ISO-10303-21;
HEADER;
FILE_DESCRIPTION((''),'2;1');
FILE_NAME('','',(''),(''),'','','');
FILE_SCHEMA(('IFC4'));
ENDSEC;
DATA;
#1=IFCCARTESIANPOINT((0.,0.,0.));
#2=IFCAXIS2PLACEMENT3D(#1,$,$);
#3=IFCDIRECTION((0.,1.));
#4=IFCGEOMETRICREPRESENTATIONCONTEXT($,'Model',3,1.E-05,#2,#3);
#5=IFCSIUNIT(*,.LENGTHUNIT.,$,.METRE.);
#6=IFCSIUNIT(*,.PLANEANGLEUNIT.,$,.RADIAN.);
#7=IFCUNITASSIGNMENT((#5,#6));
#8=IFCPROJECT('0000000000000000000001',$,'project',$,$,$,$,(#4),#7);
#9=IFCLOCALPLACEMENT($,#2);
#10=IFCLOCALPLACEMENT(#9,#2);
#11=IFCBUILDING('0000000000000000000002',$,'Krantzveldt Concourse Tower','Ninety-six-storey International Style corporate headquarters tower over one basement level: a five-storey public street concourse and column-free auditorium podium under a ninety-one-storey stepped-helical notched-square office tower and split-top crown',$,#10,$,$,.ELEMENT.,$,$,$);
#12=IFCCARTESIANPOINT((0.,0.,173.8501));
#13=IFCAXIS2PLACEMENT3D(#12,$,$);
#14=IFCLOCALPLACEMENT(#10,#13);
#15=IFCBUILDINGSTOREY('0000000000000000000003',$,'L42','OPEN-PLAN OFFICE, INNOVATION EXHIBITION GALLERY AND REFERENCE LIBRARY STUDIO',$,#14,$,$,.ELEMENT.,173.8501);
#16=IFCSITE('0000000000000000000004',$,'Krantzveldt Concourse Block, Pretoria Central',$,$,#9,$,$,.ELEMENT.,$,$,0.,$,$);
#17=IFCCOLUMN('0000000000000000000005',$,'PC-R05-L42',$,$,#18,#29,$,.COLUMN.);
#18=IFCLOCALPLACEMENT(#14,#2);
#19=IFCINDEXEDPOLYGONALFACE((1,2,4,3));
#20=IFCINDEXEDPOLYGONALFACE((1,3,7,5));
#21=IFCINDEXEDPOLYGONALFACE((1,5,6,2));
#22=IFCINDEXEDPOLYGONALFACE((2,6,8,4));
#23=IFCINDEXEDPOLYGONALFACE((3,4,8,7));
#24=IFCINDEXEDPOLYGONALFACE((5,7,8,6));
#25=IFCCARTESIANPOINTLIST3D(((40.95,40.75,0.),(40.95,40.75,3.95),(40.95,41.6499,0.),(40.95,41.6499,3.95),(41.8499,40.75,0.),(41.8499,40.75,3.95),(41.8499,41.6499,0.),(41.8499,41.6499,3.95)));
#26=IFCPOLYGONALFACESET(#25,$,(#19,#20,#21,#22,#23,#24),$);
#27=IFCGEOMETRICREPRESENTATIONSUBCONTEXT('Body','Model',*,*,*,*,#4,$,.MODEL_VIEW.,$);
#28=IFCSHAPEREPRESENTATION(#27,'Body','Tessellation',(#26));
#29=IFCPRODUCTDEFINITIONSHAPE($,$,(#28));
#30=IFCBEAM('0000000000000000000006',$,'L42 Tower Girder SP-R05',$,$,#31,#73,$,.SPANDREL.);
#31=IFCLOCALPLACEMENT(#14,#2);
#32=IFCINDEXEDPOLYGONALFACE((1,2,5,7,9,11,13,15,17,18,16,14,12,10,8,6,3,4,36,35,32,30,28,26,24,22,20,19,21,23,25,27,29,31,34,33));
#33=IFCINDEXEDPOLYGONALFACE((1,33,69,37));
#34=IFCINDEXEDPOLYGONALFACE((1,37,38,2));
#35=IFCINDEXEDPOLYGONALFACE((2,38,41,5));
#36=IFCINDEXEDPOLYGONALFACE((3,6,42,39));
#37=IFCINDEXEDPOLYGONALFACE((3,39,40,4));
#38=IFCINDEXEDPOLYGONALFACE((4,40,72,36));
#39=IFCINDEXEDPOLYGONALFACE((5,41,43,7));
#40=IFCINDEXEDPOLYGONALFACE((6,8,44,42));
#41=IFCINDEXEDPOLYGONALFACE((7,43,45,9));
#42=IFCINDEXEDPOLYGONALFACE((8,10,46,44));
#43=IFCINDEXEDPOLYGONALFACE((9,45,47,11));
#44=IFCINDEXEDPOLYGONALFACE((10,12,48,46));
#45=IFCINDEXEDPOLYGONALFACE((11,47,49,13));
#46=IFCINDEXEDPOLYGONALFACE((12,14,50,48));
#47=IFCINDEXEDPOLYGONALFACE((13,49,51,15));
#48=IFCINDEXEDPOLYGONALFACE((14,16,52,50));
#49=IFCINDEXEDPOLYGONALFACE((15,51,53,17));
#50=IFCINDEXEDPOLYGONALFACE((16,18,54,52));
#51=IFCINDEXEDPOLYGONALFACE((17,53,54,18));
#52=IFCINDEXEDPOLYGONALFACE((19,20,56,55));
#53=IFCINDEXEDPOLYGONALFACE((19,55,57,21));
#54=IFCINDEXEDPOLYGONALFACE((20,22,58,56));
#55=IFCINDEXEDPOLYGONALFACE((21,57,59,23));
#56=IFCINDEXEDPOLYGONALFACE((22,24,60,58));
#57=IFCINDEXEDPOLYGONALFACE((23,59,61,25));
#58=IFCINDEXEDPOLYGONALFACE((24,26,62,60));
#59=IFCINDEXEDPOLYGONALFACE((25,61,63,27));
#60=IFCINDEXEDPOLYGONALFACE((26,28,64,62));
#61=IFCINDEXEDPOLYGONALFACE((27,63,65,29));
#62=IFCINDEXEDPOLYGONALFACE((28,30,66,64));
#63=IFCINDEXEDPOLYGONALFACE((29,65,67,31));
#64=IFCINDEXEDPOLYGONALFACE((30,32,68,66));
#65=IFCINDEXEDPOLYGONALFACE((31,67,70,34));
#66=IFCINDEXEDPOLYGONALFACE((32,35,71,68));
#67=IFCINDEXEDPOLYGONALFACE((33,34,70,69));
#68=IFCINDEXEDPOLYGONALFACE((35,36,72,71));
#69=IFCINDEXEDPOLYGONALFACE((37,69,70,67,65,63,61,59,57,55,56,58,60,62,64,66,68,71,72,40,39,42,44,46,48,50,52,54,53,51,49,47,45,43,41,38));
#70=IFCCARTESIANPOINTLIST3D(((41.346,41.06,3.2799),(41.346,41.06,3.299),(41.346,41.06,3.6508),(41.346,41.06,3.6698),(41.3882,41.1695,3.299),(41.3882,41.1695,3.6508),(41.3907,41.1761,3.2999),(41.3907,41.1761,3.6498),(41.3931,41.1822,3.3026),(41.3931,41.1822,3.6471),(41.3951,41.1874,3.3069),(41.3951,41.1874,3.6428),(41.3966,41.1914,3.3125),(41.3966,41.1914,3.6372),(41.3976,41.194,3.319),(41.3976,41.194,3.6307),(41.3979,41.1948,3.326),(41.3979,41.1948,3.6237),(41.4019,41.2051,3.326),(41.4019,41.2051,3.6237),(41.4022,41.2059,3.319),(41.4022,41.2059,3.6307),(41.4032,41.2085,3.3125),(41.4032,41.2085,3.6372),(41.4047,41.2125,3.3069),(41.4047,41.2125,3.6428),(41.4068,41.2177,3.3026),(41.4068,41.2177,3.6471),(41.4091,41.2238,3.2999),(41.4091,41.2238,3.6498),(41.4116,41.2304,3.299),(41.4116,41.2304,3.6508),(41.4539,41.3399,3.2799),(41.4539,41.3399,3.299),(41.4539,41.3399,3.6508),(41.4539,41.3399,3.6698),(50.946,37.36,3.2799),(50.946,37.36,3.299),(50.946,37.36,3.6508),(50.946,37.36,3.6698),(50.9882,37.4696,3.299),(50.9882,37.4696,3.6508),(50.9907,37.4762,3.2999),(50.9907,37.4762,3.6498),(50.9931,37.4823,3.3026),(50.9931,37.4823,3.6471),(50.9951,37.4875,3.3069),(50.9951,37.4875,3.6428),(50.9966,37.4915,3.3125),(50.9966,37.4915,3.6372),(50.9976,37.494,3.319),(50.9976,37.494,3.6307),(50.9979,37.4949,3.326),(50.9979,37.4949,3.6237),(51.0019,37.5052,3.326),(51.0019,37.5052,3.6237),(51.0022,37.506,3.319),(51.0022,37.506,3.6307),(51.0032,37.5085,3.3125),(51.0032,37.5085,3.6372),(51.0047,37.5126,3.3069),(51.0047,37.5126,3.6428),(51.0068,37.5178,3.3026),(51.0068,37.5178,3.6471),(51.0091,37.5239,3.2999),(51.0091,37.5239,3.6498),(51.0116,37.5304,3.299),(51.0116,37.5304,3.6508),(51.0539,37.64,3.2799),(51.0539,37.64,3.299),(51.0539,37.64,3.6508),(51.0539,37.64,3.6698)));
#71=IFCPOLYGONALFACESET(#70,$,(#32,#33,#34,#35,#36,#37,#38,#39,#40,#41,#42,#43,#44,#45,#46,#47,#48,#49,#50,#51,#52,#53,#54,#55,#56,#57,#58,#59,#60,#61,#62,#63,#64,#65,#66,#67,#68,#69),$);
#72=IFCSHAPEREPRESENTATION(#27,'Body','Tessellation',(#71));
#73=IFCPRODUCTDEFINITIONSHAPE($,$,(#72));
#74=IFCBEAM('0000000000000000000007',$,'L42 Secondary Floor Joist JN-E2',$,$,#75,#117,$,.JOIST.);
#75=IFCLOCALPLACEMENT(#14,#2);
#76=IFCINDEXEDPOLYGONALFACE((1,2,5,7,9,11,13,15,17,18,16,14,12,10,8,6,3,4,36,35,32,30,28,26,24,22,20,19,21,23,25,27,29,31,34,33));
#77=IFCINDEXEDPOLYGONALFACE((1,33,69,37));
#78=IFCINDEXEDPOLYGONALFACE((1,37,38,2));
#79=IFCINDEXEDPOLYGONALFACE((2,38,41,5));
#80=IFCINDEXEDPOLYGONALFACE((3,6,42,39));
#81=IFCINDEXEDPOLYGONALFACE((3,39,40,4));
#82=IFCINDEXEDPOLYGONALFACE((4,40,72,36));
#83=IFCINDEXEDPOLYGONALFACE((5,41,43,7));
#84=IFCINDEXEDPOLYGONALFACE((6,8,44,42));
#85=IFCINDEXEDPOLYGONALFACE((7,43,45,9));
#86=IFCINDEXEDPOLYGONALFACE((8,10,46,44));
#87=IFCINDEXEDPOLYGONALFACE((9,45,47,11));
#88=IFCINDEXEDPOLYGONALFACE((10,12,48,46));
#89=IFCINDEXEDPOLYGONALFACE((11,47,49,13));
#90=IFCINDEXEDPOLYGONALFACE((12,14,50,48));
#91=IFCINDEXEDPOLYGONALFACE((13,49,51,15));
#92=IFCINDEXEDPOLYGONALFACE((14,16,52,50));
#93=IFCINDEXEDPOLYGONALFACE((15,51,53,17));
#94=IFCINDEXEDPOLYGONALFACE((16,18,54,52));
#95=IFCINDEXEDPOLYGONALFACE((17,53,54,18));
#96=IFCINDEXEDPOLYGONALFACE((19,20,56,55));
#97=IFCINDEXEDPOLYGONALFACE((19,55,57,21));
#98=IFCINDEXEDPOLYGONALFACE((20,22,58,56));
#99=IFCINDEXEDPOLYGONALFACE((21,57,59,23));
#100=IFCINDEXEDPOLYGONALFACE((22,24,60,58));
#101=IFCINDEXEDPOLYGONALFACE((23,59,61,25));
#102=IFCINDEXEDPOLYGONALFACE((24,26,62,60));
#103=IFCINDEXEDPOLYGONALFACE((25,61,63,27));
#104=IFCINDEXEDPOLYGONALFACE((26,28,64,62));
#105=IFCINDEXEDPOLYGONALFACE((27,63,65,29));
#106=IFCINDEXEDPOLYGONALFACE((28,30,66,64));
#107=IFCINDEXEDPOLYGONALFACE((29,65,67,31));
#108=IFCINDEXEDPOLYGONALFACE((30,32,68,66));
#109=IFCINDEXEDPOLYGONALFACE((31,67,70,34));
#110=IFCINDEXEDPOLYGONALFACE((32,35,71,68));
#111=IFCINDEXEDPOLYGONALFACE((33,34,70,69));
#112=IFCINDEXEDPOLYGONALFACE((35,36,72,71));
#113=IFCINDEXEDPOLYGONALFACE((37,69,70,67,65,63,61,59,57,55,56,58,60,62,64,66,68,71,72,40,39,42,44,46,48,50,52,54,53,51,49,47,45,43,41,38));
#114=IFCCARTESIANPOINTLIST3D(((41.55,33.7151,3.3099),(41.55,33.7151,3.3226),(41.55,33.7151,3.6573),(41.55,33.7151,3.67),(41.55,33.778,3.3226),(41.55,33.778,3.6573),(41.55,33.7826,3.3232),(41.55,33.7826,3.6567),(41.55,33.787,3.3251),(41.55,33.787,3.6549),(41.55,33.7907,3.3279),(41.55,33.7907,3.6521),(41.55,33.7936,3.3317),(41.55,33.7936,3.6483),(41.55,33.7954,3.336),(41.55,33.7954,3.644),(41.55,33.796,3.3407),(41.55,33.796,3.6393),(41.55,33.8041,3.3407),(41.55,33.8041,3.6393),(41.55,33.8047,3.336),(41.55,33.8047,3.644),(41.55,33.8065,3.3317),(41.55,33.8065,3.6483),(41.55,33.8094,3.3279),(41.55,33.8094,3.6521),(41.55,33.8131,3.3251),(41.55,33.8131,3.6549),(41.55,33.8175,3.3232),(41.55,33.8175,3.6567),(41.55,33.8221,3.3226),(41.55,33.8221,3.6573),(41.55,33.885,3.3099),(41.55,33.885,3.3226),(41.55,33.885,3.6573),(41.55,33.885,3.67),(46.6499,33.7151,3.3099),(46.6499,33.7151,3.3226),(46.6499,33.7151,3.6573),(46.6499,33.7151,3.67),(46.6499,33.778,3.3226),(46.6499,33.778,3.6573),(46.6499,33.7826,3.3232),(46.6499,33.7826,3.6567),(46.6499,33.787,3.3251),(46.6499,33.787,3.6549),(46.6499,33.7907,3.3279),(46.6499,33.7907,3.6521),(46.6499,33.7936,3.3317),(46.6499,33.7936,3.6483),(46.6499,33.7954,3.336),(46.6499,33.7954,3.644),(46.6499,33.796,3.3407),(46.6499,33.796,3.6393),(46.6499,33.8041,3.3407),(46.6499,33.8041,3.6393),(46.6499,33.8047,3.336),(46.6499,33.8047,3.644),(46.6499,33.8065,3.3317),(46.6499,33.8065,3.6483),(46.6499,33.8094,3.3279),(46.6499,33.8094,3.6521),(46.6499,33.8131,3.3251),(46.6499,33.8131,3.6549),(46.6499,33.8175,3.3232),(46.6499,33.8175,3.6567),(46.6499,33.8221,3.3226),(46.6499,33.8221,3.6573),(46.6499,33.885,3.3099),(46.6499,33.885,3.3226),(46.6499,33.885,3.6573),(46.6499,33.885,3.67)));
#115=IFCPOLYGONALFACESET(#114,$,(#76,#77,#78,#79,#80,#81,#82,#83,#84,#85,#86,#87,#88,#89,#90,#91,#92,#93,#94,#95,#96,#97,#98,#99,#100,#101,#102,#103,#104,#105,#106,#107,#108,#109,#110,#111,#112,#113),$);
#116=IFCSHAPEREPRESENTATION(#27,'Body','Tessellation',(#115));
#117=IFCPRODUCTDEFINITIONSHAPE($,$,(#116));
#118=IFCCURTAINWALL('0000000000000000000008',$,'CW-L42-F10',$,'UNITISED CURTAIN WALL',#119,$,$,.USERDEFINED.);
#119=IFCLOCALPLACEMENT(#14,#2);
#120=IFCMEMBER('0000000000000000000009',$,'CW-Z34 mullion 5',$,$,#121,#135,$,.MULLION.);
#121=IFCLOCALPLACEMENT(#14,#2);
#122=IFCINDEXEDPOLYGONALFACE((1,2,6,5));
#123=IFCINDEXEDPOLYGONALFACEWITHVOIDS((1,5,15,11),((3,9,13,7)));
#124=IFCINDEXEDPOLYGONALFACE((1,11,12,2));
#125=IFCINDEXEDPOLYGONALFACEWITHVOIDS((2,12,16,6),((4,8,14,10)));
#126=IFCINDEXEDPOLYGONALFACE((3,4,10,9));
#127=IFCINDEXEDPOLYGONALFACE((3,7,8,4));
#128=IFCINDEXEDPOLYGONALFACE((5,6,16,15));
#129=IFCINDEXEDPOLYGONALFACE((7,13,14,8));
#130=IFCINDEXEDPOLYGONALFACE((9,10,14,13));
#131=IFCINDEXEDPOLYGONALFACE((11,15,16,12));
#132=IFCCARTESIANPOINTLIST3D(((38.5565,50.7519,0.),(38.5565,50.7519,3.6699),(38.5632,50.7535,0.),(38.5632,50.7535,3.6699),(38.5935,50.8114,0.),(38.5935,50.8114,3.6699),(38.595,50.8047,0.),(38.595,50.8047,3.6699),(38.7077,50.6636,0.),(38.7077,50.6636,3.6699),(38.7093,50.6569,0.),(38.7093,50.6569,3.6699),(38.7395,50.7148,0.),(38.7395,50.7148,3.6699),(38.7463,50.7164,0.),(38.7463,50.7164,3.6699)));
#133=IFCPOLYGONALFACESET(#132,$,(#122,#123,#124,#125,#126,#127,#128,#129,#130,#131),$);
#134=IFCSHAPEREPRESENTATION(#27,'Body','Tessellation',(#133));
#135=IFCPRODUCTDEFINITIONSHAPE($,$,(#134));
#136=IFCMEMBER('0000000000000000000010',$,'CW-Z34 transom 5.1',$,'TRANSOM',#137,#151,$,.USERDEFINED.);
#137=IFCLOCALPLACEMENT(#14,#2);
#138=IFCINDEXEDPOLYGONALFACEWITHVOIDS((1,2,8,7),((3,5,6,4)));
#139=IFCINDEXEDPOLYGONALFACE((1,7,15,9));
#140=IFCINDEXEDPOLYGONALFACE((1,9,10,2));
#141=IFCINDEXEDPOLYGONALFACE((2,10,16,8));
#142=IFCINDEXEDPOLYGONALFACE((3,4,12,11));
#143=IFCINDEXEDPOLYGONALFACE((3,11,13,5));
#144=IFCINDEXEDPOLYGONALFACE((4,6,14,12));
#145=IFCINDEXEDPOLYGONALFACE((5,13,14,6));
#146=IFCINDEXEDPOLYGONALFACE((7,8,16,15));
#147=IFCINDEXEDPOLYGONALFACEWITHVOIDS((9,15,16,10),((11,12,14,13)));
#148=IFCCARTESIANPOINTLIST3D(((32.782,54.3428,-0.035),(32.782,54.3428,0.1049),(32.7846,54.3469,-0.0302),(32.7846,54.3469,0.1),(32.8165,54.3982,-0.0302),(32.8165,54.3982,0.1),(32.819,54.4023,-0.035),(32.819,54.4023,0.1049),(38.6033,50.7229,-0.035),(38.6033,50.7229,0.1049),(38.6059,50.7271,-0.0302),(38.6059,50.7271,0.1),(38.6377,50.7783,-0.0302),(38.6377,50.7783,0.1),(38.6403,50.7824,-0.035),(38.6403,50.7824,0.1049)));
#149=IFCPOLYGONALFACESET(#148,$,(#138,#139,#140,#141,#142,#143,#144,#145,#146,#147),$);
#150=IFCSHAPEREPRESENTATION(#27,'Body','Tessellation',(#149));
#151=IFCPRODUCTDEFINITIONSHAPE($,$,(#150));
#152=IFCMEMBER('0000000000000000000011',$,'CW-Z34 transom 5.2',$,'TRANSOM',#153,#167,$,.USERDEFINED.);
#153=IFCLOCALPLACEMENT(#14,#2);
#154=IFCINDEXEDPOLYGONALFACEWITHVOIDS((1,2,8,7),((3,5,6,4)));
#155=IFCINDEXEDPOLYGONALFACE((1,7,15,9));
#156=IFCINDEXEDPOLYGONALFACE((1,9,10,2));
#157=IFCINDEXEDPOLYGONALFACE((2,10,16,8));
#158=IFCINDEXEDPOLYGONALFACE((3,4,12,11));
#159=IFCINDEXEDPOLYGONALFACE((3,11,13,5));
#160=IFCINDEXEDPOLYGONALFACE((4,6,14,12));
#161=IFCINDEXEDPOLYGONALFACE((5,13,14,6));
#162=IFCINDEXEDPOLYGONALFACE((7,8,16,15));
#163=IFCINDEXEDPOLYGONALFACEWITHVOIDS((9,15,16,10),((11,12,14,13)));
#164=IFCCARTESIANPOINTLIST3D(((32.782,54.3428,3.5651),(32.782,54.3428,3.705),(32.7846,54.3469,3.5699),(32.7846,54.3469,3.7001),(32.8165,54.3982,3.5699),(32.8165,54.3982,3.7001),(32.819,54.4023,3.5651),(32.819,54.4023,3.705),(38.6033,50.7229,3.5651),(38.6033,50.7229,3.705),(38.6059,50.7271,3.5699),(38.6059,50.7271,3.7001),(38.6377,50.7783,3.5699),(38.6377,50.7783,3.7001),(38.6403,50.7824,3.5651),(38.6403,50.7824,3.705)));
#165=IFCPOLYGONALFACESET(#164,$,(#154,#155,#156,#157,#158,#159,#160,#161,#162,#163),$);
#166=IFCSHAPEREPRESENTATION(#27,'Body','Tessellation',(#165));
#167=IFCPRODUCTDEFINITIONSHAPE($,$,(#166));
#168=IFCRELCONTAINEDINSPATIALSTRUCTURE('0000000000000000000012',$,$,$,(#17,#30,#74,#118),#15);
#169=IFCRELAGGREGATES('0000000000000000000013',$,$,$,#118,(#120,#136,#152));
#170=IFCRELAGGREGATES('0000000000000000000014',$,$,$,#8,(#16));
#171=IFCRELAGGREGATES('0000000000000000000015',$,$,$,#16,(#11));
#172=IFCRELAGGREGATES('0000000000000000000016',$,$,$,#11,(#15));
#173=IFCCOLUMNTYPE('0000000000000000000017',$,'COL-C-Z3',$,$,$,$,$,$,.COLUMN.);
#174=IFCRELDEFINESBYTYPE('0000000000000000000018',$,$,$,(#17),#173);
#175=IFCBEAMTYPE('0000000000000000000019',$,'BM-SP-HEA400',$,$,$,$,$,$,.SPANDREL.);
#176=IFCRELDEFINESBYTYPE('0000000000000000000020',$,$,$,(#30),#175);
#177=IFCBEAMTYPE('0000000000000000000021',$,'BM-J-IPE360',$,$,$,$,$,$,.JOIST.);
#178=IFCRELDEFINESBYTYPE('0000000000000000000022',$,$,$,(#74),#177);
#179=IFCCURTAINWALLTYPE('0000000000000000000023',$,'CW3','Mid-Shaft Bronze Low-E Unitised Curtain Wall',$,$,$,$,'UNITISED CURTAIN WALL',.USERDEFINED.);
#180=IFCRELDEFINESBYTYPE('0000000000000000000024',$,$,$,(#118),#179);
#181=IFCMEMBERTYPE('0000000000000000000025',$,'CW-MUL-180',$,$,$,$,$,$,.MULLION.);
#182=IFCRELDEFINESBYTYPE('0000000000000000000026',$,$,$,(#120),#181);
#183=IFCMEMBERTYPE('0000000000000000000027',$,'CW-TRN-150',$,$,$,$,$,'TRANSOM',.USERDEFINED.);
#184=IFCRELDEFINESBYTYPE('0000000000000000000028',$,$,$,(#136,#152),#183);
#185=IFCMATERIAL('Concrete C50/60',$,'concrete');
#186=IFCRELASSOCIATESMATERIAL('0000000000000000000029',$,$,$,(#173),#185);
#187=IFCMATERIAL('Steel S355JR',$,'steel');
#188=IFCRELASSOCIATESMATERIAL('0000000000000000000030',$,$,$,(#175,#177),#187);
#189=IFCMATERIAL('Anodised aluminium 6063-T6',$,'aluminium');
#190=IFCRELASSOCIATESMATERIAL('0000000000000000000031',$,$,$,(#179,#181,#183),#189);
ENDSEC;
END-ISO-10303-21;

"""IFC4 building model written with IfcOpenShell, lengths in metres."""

from ifc_helpers import new_model, si_unit, direction, frame, origin, origin_2d, place, context, subcontext, project, spatial, rectangle, hollow_rectangle, i_section, extrude, source, transform, mapped, material, material_profile, profile_set, type_object, type_shapes, element, aggregate, save


model = new_model("IFC4")

# Units and contexts
model_context = context("Model", 3, precision=1e-05, world=origin(), true_north=direction((0.0, 1.0)))
body_context = subcontext(model_context, "Body", "Model", "MODEL_VIEW")
ifc_project = project(units=[si_unit("LENGTHUNIT", "METRE"), si_unit("PLANEANGLEUNIT", "RADIAN")], contexts=[model_context])

# Site, building, storey
site_placement = place(None, origin())
site = spatial("IfcSite", under=ifc_project, at=site_placement, Name="Krantzveldt Concourse Block, Pretoria Central", CompositionType="ELEMENT", RefElevation=0.0)
building_placement = place(site_placement, origin())
building = spatial("IfcBuilding", under=site, at=building_placement, Name="Krantzveldt Concourse Tower", Description="Ninety-six-storey International Style corporate headquarters tower over one basement level: a five-storey public street concourse and column-free auditorium podium under a ninety-one-storey stepped-helical notched-square office tower and split-top crown", CompositionType="ELEMENT")
storey_placement = place(building_placement, frame((0.0, 0.0, 173.8501)))
storey = spatial("IfcBuildingStorey", under=building, at=storey_placement, Name="L42", Description="OPEN-PLAN OFFICE, INNOVATION EXHIBITION GALLERY AND REFERENCE LIBRARY STUDIO", CompositionType="ELEMENT", Elevation=173.8501)

# Column
ifc_material_1 = material(Name="Concrete C50/60", Category="concrete")
ifc_material_profile_1 = material_profile(ifc_material_1, rectangle(XDim=0.8999, YDim=0.8999, at=origin_2d()), Name="Concrete C50/60", Category="concrete")
ifc_profile_set_1 = profile_set([ifc_material_profile_1], Name="Concrete C50/60 - RC 900x900")
column_type = type_object("IfcColumnType", Name="COL-C-Z3", PredefinedType="COLUMN", material=ifc_profile_set_1)
shared_shape_1 = source(origin(), body_context, "Body", "SweptSolid", [
    extrude(rectangle(XDim=0.8999, YDim=0.8999, at=origin_2d()), origin(), (0.0, 0.0, 1.0), 3.95),
])
type_shapes(column_type, [shared_shape_1])
column_placement = place(storey_placement, frame((41.3999, 41.2, 0.0), z_axis=(0.0, 0.0, 1.0), x_axis=(1.0, 0.0, 0.0)))
element("IfcColumn", 1, at=column_placement, inside=storey, type_object=column_type, Name="PC-R05-L42", PredefinedType="COLUMN", context=body_context, shape_type="MappedRepresentation", body=[
    mapped(shared_shape_1, transform((0.0, 0.0, 0.0), x_axis=(1.0, 0.0, 0.0), y_axis=(0.0, 1.0, 0.0), z_axis=(0.0, 0.0, 1.0), scale=1.0)),
])

# Beams
ifc_material_2 = material(Name="Steel S355JR", Category="steel")
ifc_material_profile_2 = material_profile(ifc_material_2, i_section(OverallWidth=0.3, OverallDepth=0.3899, WebThickness=0.011, FlangeThickness=0.019, FilletRadius=0.0271, at=origin_2d()), Name="Steel S355JR", Category="steel")
ifc_profile_set_2 = profile_set([ifc_material_profile_2], Name="Steel S355JR - HEA 400")
beam_type_1 = type_object("IfcBeamType", Name="BM-SP-HEA400", PredefinedType="SPANDREL", material=ifc_profile_set_2)
shared_shape_2 = source(origin(), body_context, "Body", "SweptSolid", [
    extrude(i_section(OverallWidth=0.3, OverallDepth=0.3899, WebThickness=0.011, FlangeThickness=0.019, FilletRadius=0.0271, at=origin_2d()), origin(), (0.0, 0.0, 1.0), 10.2883),
])
type_shapes(beam_type_1, [shared_shape_2])
beam_1_placement = place(storey_placement, frame((41.3999, 41.2, 3.4749), z_axis=(0.933098, -0.359623, 0.0), x_axis=(0.359623, 0.933098, 0.0)))
element("IfcBeam", 2, at=beam_1_placement, inside=storey, type_object=beam_type_1, Name="L42 Tower Girder SP-R05", PredefinedType="SPANDREL", context=body_context, shape_type="MappedRepresentation", body=[
    mapped(shared_shape_2, transform((0.0, 0.0, 0.0), x_axis=(1.0, 0.0, 0.0), y_axis=(0.0, 1.0, 0.0), z_axis=(0.0, 0.0, 1.0), scale=1.0)),
])
ifc_material_profile_3 = material_profile(ifc_material_2, i_section(OverallWidth=0.1699, OverallDepth=0.3601, WebThickness=0.0081, FlangeThickness=0.0127, FilletRadius=0.0181, at=origin_2d()), Name="Steel S355JR", Category="steel")
ifc_profile_set_3 = profile_set([ifc_material_profile_3], Name="Steel S355JR - IPE 360")
beam_type_2 = type_object("IfcBeamType", Name="BM-J-IPE360", PredefinedType="JOIST", material=ifc_profile_set_3)
shared_shape_3 = source(origin(), body_context, "Body", "SweptSolid", [
    extrude(i_section(OverallWidth=0.1699, OverallDepth=0.3601, WebThickness=0.0081, FlangeThickness=0.0127, FilletRadius=0.0181, at=origin_2d()), origin(), (0.0, 0.0, 1.0), 5.0999),
])
type_shapes(beam_type_2, [shared_shape_3])
beam_2_placement = place(storey_placement, frame((41.55, 33.8, 3.49), z_axis=(1.0, 0.0, 0.0), x_axis=(0.0, 1.0, 0.0)))
element("IfcBeam", 3, at=beam_2_placement, inside=storey, type_object=beam_type_2, Name="L42 Secondary Floor Joist JN-E2", PredefinedType="JOIST", context=body_context, shape_type="MappedRepresentation", body=[
    mapped(shared_shape_3, transform((0.0, 0.0, 0.0), x_axis=(1.0, 0.0, 0.0), y_axis=(0.0, 1.0, 0.0), z_axis=(0.0, 0.0, 1.0), scale=1.0)),
])

# Curtain wall, members
ifc_material_3 = material(Name="Anodised aluminium 6063-T6", Category="aluminium")
curtain_wall_type = type_object("IfcCurtainWallType", Name="CW3", Description="Mid-Shaft Bronze Low-E Unitised Curtain Wall", ElementType="UNITISED CURTAIN WALL", PredefinedType="USERDEFINED", material=ifc_material_3)
curtain_wall_placement = place(storey_placement, origin())
curtain_wall = element("IfcCurtainWall", 4, at=curtain_wall_placement, inside=storey, type_object=curtain_wall_type, Name="CW-L42-F10", ObjectType="UNITISED CURTAIN WALL", PredefinedType="USERDEFINED")
ifc_material_profile_4 = material_profile(ifc_material_3, hollow_rectangle(XDim=0.0701, YDim=0.1799, WallThickness=0.0049, at=origin_2d()), Name="Anodised aluminium 6063-T6", Category="aluminium")
ifc_profile_set_4 = profile_set([ifc_material_profile_4], Name="Anodised aluminium 6063-T6 - ALU-MULL 180x70x5")
member_type_1 = type_object("IfcMemberType", Name="CW-MUL-180", PredefinedType="MULLION", material=ifc_profile_set_4)
shared_shape_4 = source(origin(), body_context, "Body", "SweptSolid", [
    extrude(hollow_rectangle(XDim=0.0701, YDim=0.1799, WallThickness=0.0049, at=origin_2d()), origin(), (0.0, 0.0, 1.0), 3.6699),
])
type_shapes(member_type_1, [shared_shape_4])
member_1_placement = place(storey_placement, frame((38.6514, 50.7341, 0.0), z_axis=(0.0, 0.0, 1.0), x_axis=(-0.528068, -0.849202, 0.0)))
member_1 = element("IfcMember", 5, at=member_1_placement, type_object=member_type_1, Name="CW-Z34 mullion 5", PredefinedType="MULLION", context=body_context, shape_type="MappedRepresentation", body=[
    mapped(shared_shape_4, transform((0.0, 0.0, 0.0), x_axis=(1.0, 0.0, 0.0), y_axis=(0.0, 1.0, 0.0), z_axis=(0.0, 0.0, 1.0), scale=1.0)),
])
ifc_material_profile_5 = material_profile(ifc_material_3, hollow_rectangle(XDim=0.0701, YDim=0.1399, WallThickness=0.0049, at=origin_2d()), Name="Anodised aluminium 6063-T6", Category="aluminium")
ifc_profile_set_5 = profile_set([ifc_material_profile_5], Name="Anodised aluminium 6063-T6 - ALU-TRAN 140x70x5")
member_type_2 = type_object("IfcMemberType", Name="CW-TRN-150", ElementType="TRANSOM", PredefinedType="USERDEFINED", material=ifc_profile_set_5)
shared_shape_5 = source(origin(), body_context, "Body", "SweptSolid", [
    extrude(hollow_rectangle(XDim=0.0701, YDim=0.1399, WallThickness=0.0049, at=origin_2d()), origin(), (0.0, 0.0, 1.0), 6.855),
])
type_shapes(member_type_2, [shared_shape_5])
member_2_placement = place(storey_placement, frame((38.6218, 50.7527, 0.0349), z_axis=(-0.849205, 0.528064, 0.0), x_axis=(-0.528064, -0.849205, 0.0)))
member_2 = element("IfcMember", 6, at=member_2_placement, type_object=member_type_2, Name="CW-Z34 transom 5.1", ObjectType="TRANSOM", PredefinedType="USERDEFINED", context=body_context, shape_type="MappedRepresentation", body=[
    mapped(shared_shape_5, transform((0.0, 0.0, 0.0), x_axis=(1.0, 0.0, 0.0), y_axis=(0.0, 1.0, 0.0), z_axis=(0.0, 0.0, 1.0), scale=1.0)),
])
member_3_placement = place(storey_placement, frame((38.6218, 50.7527, 3.635), z_axis=(-0.849205, 0.528064, 0.0), x_axis=(-0.528064, -0.849205, 0.0)))
member_3 = element("IfcMember", 7, at=member_3_placement, type_object=member_type_2, Name="CW-Z34 transom 5.2", ObjectType="TRANSOM", PredefinedType="USERDEFINED", context=body_context, shape_type="MappedRepresentation", body=[
    mapped(shared_shape_5, transform((0.0, 0.0, 0.0), x_axis=(1.0, 0.0, 0.0), y_axis=(0.0, 1.0, 0.0), z_axis=(0.0, 0.0, 1.0), scale=1.0)),
])
aggregate(curtain_wall, [member_1, member_2, member_3])

save(model, "model.ifc")
